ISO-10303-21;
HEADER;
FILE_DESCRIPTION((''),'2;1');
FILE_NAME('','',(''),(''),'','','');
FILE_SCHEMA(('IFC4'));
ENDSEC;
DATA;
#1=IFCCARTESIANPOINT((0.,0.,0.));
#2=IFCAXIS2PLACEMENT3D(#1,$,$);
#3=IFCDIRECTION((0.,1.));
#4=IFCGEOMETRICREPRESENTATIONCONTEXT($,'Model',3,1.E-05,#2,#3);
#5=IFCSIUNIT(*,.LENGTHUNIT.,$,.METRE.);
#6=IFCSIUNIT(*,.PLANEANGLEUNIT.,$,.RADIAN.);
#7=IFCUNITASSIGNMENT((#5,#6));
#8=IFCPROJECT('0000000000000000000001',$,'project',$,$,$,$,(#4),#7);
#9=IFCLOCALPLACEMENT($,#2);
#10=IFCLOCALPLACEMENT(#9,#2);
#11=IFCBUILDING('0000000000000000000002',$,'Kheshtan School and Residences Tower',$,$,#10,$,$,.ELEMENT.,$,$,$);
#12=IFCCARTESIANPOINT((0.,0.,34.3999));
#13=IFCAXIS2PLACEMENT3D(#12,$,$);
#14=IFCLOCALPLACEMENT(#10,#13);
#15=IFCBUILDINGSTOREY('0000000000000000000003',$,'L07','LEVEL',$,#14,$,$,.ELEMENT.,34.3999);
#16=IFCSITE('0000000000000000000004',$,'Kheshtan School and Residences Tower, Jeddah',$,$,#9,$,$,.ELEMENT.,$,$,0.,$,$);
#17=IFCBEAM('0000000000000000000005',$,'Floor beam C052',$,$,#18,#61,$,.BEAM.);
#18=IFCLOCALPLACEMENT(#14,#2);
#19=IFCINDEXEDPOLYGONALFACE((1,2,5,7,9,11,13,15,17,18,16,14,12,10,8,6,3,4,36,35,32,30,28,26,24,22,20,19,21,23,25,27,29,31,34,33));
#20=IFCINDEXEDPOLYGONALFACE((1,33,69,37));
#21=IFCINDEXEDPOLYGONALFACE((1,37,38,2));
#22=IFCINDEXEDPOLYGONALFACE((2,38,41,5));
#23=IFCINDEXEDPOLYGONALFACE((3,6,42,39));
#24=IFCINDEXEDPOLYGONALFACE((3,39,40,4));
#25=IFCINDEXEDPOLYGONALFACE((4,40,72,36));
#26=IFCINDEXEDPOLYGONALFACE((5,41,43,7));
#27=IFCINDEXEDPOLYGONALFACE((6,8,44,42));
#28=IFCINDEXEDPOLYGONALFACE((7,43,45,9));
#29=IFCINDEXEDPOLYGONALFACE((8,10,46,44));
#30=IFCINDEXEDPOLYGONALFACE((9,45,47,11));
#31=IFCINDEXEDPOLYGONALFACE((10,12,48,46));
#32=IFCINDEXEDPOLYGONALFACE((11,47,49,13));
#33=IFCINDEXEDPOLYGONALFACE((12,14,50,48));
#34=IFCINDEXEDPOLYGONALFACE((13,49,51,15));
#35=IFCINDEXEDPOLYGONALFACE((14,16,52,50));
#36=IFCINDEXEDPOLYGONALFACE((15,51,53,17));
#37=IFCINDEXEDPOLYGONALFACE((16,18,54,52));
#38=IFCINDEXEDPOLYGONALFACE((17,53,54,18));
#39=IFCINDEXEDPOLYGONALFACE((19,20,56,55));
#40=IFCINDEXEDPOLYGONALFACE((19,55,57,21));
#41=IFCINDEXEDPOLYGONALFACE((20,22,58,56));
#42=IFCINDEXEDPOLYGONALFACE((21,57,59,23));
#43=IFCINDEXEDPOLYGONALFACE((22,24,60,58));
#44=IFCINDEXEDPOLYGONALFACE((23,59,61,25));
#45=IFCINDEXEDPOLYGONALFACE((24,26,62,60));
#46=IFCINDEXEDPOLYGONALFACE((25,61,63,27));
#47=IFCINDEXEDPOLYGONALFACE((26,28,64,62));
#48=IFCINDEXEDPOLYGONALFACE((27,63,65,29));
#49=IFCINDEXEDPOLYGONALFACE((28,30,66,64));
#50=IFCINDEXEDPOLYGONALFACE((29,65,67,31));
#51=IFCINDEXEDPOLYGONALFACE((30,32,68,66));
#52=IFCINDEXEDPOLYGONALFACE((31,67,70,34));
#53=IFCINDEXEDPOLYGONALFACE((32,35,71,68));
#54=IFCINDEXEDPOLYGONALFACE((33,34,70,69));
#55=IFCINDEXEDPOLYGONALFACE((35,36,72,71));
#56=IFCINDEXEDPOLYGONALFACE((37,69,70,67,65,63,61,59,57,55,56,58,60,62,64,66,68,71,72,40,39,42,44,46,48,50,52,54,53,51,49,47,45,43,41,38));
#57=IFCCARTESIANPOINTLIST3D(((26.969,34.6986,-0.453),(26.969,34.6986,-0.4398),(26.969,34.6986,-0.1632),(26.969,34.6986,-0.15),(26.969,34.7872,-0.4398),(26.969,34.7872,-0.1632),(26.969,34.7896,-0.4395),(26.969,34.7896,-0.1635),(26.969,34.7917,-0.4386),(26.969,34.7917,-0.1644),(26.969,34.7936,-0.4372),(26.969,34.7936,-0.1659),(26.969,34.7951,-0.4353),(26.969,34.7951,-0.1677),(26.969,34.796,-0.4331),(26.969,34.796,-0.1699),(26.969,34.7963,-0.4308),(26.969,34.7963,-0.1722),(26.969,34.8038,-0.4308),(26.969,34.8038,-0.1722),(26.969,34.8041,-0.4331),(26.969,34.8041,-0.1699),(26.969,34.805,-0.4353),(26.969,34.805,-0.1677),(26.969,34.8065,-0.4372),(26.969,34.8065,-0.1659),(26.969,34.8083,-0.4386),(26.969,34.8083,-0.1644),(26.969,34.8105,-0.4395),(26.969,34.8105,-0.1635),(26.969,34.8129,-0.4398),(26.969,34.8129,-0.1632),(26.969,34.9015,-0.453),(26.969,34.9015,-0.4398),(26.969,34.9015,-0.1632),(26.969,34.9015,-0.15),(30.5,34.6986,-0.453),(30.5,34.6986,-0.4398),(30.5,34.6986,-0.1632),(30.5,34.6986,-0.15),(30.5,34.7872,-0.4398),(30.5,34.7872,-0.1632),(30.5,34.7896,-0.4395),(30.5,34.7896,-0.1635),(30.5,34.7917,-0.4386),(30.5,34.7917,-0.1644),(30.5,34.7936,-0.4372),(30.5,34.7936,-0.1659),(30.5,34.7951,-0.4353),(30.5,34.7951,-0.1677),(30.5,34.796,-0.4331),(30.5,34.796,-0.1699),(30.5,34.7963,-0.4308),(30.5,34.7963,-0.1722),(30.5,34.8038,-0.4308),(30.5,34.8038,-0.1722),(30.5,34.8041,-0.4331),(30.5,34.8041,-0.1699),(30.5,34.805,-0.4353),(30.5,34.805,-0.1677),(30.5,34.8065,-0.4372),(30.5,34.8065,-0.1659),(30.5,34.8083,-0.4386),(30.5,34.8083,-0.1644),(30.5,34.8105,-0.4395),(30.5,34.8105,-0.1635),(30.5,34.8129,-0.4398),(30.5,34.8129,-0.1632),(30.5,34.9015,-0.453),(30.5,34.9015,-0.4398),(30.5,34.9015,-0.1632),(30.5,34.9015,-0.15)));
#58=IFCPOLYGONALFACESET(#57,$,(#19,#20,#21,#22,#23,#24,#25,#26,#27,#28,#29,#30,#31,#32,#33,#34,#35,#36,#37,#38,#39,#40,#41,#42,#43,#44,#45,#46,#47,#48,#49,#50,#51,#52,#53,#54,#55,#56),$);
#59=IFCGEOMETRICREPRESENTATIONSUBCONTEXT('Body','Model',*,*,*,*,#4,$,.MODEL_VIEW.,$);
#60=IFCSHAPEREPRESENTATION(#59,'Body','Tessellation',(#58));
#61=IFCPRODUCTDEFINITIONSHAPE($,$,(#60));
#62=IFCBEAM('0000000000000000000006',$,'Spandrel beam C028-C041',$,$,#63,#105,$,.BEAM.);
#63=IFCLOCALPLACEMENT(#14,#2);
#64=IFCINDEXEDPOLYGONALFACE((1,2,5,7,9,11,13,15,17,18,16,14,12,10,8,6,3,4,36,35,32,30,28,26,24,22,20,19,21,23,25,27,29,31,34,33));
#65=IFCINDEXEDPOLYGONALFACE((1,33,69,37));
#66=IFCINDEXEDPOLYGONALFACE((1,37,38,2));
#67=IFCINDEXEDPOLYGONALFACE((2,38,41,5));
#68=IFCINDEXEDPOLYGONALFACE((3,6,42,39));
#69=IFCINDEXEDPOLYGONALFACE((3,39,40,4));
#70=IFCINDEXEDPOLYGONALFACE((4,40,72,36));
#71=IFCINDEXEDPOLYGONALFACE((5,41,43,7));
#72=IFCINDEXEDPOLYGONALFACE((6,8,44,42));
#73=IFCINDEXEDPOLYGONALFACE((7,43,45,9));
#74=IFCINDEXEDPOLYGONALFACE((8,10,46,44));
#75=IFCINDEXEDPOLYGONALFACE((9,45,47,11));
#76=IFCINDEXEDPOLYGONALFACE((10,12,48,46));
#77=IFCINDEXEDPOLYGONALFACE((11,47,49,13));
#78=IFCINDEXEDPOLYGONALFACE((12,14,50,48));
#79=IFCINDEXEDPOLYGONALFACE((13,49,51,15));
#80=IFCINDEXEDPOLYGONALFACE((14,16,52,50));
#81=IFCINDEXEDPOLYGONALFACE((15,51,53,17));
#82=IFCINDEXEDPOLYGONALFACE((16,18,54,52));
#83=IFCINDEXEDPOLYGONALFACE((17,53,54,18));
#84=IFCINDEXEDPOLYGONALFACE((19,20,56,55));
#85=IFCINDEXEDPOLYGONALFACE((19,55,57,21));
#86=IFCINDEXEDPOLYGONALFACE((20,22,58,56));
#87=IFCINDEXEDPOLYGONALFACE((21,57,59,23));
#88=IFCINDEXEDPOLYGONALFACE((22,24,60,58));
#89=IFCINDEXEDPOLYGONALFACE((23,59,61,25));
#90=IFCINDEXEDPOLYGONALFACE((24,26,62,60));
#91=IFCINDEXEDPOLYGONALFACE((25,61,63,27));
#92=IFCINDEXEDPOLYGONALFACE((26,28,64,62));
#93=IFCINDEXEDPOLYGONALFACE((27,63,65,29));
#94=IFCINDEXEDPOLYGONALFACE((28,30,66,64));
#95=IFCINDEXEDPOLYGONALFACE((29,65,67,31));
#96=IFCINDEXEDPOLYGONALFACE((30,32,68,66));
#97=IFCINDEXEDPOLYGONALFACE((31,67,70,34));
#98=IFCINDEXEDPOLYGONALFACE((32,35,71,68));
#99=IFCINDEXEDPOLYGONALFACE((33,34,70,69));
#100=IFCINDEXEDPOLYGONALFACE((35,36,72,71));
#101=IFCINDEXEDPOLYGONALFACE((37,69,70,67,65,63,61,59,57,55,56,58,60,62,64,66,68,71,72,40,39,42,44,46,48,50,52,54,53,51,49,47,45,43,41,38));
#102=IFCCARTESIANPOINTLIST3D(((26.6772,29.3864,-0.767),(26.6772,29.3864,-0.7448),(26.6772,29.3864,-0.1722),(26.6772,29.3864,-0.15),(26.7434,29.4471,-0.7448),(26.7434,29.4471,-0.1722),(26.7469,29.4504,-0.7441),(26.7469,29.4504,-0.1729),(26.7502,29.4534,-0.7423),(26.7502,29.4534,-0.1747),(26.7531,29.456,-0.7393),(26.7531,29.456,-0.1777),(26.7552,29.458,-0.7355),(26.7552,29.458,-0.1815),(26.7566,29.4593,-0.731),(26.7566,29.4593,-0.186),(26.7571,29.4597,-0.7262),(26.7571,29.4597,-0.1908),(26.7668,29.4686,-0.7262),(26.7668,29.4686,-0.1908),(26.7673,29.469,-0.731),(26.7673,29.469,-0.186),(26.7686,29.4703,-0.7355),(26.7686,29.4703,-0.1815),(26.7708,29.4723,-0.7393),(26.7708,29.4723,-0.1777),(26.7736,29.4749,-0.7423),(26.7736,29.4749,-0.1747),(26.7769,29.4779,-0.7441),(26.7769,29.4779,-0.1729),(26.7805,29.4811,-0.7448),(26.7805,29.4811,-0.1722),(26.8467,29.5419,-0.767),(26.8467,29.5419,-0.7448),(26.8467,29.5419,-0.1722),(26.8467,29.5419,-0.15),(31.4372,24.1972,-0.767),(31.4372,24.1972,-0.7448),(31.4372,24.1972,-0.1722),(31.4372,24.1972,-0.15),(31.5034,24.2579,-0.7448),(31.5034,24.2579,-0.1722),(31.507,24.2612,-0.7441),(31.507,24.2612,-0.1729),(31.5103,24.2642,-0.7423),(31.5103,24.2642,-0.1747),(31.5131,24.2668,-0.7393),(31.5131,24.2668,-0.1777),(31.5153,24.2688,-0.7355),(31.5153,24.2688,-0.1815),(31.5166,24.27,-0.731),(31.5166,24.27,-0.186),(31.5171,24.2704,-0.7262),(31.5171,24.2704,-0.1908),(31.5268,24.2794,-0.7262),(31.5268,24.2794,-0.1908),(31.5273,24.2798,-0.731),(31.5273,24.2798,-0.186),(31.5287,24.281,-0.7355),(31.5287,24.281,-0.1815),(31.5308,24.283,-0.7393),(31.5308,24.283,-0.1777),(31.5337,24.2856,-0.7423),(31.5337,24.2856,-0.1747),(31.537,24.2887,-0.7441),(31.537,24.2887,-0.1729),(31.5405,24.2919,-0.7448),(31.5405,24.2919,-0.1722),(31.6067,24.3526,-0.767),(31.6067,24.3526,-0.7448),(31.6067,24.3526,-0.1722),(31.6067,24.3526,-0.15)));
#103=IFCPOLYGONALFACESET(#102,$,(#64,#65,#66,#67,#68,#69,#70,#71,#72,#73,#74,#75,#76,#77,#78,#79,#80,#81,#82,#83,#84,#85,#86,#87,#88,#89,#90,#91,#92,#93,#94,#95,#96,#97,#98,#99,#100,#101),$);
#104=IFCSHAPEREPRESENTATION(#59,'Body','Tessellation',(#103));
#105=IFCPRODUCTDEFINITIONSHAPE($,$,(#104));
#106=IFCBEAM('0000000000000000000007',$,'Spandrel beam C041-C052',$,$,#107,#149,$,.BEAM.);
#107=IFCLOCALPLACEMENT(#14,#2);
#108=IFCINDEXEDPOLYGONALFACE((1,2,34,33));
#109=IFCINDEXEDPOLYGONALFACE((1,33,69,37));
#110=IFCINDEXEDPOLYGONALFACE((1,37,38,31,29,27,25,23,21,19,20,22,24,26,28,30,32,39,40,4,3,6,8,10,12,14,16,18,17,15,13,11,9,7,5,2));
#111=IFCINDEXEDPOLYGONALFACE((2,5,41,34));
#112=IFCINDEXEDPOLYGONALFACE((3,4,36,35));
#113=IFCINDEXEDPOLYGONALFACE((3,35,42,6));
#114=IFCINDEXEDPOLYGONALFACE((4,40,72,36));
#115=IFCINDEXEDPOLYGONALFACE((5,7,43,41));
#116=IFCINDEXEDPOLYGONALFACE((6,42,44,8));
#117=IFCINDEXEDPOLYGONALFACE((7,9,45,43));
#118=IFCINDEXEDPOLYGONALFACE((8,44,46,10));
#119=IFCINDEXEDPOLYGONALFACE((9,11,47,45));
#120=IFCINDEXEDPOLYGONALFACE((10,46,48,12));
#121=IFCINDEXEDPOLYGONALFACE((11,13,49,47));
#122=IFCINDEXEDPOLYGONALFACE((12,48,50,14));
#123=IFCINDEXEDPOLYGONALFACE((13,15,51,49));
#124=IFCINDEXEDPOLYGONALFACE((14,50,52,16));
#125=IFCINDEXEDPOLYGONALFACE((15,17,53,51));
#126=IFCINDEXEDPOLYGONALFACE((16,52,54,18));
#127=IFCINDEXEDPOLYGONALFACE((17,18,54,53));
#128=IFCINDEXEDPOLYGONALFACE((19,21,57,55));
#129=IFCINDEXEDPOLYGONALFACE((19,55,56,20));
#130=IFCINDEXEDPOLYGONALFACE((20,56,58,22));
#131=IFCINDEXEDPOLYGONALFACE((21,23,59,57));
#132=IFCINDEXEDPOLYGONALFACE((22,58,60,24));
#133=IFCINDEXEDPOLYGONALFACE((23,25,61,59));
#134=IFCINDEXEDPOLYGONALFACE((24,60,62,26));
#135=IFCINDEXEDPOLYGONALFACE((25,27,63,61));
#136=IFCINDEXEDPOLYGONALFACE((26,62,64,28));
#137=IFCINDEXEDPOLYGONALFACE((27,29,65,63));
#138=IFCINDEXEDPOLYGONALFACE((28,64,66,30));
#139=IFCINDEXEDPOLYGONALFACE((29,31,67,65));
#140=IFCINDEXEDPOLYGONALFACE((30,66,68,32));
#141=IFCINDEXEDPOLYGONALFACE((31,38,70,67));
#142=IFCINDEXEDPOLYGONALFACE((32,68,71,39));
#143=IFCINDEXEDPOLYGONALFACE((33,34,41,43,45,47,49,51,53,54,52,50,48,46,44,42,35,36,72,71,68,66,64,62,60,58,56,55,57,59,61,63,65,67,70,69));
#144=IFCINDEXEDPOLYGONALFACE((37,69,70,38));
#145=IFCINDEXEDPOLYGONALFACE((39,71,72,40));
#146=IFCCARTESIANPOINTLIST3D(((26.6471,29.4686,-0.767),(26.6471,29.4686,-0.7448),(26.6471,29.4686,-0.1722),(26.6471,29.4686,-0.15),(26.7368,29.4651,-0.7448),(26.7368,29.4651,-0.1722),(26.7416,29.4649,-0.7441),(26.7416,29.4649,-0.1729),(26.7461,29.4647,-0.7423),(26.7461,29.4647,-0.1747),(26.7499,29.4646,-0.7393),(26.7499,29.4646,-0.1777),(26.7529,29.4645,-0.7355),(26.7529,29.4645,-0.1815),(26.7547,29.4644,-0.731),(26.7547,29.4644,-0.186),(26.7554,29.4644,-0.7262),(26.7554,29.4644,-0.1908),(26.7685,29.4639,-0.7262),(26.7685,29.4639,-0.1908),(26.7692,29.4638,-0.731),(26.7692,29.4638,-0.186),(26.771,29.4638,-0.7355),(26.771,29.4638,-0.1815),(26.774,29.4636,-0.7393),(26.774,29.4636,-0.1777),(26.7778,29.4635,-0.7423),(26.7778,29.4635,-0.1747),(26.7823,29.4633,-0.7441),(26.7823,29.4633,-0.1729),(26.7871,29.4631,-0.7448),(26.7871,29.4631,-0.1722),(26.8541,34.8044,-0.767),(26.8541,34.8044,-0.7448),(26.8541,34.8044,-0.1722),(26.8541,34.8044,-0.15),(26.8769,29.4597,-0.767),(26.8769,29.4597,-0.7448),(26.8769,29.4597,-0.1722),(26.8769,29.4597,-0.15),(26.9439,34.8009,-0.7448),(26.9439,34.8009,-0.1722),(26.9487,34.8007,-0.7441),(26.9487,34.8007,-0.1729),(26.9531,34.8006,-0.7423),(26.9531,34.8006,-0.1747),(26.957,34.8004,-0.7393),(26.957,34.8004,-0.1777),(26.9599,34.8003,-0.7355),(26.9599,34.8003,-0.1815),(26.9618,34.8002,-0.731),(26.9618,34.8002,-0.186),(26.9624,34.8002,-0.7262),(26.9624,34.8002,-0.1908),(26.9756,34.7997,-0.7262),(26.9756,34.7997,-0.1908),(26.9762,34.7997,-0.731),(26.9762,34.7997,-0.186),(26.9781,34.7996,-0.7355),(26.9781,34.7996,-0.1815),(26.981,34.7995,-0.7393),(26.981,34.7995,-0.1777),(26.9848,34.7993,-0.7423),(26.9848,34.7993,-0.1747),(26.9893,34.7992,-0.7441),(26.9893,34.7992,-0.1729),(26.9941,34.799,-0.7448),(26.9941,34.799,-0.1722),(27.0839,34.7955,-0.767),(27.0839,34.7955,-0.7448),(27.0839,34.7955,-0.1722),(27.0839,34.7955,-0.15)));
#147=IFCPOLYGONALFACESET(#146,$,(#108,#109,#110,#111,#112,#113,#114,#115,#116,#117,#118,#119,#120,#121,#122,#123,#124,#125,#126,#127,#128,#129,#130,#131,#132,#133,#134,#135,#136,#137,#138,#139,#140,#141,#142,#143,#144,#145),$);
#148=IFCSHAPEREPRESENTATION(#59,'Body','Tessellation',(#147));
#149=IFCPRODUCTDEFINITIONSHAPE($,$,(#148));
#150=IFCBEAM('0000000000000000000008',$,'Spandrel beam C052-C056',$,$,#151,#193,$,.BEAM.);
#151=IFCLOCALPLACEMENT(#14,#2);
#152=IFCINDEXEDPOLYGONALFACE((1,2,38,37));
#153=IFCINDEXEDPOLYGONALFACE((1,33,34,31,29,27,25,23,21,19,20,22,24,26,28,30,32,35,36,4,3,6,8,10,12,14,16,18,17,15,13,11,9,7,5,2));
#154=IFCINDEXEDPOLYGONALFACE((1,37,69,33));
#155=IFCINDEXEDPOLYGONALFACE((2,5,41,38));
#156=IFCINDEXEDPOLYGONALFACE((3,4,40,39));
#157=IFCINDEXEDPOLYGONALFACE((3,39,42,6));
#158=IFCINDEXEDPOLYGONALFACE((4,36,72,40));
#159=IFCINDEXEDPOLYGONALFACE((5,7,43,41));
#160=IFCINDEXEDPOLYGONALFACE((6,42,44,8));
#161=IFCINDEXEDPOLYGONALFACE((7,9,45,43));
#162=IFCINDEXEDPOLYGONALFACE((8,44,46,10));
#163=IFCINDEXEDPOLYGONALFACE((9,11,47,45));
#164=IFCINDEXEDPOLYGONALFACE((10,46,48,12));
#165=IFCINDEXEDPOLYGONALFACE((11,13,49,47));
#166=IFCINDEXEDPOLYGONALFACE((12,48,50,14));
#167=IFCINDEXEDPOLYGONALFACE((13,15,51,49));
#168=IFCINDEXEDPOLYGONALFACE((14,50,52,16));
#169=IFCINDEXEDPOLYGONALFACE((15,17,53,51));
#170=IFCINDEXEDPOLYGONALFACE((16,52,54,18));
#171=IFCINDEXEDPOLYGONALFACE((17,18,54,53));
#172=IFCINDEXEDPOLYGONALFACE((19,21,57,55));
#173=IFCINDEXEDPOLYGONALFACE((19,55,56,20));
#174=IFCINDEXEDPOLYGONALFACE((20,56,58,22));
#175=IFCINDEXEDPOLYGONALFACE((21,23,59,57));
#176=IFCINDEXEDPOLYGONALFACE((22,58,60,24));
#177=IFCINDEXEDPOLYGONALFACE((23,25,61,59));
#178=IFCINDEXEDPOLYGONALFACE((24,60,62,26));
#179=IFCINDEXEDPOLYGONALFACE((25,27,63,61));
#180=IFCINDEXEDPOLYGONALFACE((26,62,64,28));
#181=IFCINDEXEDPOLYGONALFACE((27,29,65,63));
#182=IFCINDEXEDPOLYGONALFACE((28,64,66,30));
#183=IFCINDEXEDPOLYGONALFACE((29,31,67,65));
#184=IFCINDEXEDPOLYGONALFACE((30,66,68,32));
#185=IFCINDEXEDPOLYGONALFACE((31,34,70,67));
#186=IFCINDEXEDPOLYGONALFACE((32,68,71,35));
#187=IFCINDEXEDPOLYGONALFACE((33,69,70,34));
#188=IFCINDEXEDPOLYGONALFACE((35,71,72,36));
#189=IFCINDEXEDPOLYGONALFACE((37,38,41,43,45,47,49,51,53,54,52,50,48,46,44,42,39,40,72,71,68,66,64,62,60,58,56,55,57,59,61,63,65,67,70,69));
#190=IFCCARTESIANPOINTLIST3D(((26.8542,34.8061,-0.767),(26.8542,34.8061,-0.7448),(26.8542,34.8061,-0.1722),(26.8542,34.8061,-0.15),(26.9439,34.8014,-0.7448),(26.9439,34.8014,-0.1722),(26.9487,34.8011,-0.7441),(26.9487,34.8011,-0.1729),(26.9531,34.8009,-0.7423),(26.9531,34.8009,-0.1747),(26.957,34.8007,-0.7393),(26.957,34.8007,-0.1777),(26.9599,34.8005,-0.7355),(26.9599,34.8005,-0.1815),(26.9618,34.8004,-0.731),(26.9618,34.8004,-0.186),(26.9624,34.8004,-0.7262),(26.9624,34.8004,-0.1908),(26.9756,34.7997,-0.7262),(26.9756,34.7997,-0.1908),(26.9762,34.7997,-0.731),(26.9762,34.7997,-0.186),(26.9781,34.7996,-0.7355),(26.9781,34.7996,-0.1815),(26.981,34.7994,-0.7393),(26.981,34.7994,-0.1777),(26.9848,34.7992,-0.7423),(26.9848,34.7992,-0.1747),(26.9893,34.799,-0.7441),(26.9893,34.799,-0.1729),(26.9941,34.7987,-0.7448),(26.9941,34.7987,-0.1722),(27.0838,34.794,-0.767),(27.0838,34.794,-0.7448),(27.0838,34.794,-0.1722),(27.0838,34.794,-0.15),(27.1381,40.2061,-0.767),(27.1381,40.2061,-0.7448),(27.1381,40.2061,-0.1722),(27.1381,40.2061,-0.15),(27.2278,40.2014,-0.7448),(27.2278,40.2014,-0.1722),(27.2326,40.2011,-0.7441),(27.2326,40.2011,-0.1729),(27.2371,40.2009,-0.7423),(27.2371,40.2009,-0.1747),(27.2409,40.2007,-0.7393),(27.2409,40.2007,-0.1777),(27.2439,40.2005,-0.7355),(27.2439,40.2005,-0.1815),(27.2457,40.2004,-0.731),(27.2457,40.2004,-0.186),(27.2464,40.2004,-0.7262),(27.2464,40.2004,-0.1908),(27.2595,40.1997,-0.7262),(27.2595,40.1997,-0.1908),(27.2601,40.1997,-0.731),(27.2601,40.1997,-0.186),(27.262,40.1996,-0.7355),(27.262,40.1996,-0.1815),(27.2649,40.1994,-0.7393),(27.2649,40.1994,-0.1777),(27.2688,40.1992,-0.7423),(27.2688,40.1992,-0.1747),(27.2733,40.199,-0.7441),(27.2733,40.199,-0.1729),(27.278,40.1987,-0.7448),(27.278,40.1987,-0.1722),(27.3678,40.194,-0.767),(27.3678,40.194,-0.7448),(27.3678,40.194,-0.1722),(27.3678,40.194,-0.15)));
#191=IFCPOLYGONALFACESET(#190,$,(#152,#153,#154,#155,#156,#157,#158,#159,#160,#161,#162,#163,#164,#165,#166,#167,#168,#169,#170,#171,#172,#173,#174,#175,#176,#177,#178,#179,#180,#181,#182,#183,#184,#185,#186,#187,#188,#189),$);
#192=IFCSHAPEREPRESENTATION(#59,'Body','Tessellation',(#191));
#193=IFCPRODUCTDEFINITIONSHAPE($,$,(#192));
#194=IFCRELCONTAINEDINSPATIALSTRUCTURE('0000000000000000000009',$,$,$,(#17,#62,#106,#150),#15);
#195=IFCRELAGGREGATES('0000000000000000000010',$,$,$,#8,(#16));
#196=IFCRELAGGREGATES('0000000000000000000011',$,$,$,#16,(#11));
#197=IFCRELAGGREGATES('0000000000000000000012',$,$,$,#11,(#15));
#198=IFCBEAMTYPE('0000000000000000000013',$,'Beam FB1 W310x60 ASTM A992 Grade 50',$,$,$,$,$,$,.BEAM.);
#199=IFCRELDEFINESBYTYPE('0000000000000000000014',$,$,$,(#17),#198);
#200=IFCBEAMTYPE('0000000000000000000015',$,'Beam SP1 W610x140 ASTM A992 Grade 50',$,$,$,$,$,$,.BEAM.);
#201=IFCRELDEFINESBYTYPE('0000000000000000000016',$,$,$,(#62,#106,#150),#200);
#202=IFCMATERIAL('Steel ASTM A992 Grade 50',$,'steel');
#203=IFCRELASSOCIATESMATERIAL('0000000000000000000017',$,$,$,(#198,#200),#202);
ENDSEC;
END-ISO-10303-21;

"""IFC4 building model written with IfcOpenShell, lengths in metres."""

from ifc_helpers import new_model, si_unit, direction, frame, origin, origin_2d, place, context, subcontext, project, spatial, i_section, extrude, material, material_profile, profile_set, type_object, element, save


model = new_model("IFC4")

# Units and contexts
model_context = context("Model", 3, precision=1e-05, world=origin(), true_north=direction((0.0, 1.0)))
body_context = subcontext(model_context, "Body", "Model", "MODEL_VIEW")
ifc_project = project(units=[si_unit("LENGTHUNIT", "METRE"), si_unit("PLANEANGLEUNIT", "RADIAN")], contexts=[model_context])

# Site, building, storey
site_placement = place(None, origin())
site = spatial("IfcSite", under=ifc_project, at=site_placement, Name="Kheshtan School and Residences Tower, Jeddah", CompositionType="ELEMENT", RefElevation=0.0)
building_placement = place(site_placement, origin())
building = spatial("IfcBuilding", under=site, at=building_placement, Name="Kheshtan School and Residences Tower", CompositionType="ELEMENT")
storey_placement = place(building_placement, frame((0.0, 0.0, 34.3999)))
storey = spatial("IfcBuildingStorey", under=building, at=storey_placement, Name="L07", Description="LEVEL", CompositionType="ELEMENT", Elevation=34.3999)

# Shared definitions
ifc_material_1 = material(Name="Steel ASTM A992 Grade 50", Category="steel")

# Beams
ifc_material_profile_1 = material_profile(ifc_material_1, i_section(OverallWidth=0.2029, OverallDepth=0.303, WebThickness=0.0076, FlangeThickness=0.0132, FilletRadius=0.009, at=origin_2d()), Name="W310x60")
ifc_profile_set_1 = profile_set([ifc_material_profile_1], Name="Steel ASTM A992 Grade 50")
beam_type_1 = type_object("IfcBeamType", Name="Beam FB1 W310x60 ASTM A992 Grade 50", PredefinedType="BEAM", material=ifc_profile_set_1)
beam_1_placement = place(storey_placement, frame((26.969, 34.8, -0.3015), z_axis=(1.0, 0.0, 0.0), x_axis=(0.0, 1.0, 0.0)))
element("IfcBeam", 1, at=beam_1_placement, inside=storey, type_object=beam_type_1, Name="Floor beam C052", PredefinedType="BEAM", context=body_context, shape_type="SweptSolid", body=[
    extrude(i_section(OverallWidth=0.2029, OverallDepth=0.303, WebThickness=0.0076, FlangeThickness=0.0132, FilletRadius=0.009, at=origin_2d()), origin(), (0.0, 0.0, 1.0), 3.531),
])
ifc_material_profile_2 = material_profile(ifc_material_1, i_section(OverallWidth=0.23, OverallDepth=0.6169, WebThickness=0.0132, FlangeThickness=0.0222, FilletRadius=0.0186, at=origin_2d()), Name="W610x140")
ifc_profile_set_2 = profile_set([ifc_material_profile_2], Name="Steel ASTM A992 Grade 50")
beam_type_2 = type_object("IfcBeamType", Name="Beam SP1 W610x140 ASTM A992 Grade 50", PredefinedType="BEAM", material=ifc_profile_set_2)
beam_2_placement = place(storey_placement, frame((31.522, 24.2749, -0.4585), z_axis=(-0.675974, 0.736925, 0.0), x_axis=(-0.736925, -0.675974, 0.0)))
element("IfcBeam", 2, at=beam_2_placement, inside=storey, type_object=beam_type_2, Name="Spandrel beam C028-C041", PredefinedType="BEAM", context=body_context, shape_type="SweptSolid", body=[
    extrude(i_section(OverallWidth=0.23, OverallDepth=0.6169, WebThickness=0.0132, FlangeThickness=0.0222, FilletRadius=0.0186, at=origin_2d()), origin(), (0.0, 0.0, 1.0), 7.0417),
])
beam_3_placement = place(storey_placement, frame((26.762, 29.4641, -0.4585), z_axis=(0.03877, 0.999248, 0.0), x_axis=(-0.999248, 0.03877, 0.0)))
element("IfcBeam", 3, at=beam_3_placement, inside=storey, type_object=beam_type_2, Name="Spandrel beam C041-C052", PredefinedType="BEAM", context=body_context, shape_type="SweptSolid", body=[
    extrude(i_section(OverallWidth=0.23, OverallDepth=0.6169, WebThickness=0.0132, FlangeThickness=0.0222, FilletRadius=0.0186, at=origin_2d()), origin(), (0.0, 0.0, 1.0), 5.3398),
])
beam_4_placement = place(storey_placement, frame((26.969, 34.8, -0.4585), z_axis=(0.052509, 0.99862, 0.0), x_axis=(-0.99862, 0.052509, 0.0)))
element("IfcBeam", 4, at=beam_4_placement, inside=storey, type_object=beam_type_2, Name="Spandrel beam C052-C056", PredefinedType="BEAM", context=body_context, shape_type="SweptSolid", body=[
    extrude(i_section(OverallWidth=0.23, OverallDepth=0.6169, WebThickness=0.0132, FlangeThickness=0.0222, FilletRadius=0.0186, at=origin_2d()), origin(), (0.0, 0.0, 1.0), 5.4075),
])

save(model, "model.ifc")
